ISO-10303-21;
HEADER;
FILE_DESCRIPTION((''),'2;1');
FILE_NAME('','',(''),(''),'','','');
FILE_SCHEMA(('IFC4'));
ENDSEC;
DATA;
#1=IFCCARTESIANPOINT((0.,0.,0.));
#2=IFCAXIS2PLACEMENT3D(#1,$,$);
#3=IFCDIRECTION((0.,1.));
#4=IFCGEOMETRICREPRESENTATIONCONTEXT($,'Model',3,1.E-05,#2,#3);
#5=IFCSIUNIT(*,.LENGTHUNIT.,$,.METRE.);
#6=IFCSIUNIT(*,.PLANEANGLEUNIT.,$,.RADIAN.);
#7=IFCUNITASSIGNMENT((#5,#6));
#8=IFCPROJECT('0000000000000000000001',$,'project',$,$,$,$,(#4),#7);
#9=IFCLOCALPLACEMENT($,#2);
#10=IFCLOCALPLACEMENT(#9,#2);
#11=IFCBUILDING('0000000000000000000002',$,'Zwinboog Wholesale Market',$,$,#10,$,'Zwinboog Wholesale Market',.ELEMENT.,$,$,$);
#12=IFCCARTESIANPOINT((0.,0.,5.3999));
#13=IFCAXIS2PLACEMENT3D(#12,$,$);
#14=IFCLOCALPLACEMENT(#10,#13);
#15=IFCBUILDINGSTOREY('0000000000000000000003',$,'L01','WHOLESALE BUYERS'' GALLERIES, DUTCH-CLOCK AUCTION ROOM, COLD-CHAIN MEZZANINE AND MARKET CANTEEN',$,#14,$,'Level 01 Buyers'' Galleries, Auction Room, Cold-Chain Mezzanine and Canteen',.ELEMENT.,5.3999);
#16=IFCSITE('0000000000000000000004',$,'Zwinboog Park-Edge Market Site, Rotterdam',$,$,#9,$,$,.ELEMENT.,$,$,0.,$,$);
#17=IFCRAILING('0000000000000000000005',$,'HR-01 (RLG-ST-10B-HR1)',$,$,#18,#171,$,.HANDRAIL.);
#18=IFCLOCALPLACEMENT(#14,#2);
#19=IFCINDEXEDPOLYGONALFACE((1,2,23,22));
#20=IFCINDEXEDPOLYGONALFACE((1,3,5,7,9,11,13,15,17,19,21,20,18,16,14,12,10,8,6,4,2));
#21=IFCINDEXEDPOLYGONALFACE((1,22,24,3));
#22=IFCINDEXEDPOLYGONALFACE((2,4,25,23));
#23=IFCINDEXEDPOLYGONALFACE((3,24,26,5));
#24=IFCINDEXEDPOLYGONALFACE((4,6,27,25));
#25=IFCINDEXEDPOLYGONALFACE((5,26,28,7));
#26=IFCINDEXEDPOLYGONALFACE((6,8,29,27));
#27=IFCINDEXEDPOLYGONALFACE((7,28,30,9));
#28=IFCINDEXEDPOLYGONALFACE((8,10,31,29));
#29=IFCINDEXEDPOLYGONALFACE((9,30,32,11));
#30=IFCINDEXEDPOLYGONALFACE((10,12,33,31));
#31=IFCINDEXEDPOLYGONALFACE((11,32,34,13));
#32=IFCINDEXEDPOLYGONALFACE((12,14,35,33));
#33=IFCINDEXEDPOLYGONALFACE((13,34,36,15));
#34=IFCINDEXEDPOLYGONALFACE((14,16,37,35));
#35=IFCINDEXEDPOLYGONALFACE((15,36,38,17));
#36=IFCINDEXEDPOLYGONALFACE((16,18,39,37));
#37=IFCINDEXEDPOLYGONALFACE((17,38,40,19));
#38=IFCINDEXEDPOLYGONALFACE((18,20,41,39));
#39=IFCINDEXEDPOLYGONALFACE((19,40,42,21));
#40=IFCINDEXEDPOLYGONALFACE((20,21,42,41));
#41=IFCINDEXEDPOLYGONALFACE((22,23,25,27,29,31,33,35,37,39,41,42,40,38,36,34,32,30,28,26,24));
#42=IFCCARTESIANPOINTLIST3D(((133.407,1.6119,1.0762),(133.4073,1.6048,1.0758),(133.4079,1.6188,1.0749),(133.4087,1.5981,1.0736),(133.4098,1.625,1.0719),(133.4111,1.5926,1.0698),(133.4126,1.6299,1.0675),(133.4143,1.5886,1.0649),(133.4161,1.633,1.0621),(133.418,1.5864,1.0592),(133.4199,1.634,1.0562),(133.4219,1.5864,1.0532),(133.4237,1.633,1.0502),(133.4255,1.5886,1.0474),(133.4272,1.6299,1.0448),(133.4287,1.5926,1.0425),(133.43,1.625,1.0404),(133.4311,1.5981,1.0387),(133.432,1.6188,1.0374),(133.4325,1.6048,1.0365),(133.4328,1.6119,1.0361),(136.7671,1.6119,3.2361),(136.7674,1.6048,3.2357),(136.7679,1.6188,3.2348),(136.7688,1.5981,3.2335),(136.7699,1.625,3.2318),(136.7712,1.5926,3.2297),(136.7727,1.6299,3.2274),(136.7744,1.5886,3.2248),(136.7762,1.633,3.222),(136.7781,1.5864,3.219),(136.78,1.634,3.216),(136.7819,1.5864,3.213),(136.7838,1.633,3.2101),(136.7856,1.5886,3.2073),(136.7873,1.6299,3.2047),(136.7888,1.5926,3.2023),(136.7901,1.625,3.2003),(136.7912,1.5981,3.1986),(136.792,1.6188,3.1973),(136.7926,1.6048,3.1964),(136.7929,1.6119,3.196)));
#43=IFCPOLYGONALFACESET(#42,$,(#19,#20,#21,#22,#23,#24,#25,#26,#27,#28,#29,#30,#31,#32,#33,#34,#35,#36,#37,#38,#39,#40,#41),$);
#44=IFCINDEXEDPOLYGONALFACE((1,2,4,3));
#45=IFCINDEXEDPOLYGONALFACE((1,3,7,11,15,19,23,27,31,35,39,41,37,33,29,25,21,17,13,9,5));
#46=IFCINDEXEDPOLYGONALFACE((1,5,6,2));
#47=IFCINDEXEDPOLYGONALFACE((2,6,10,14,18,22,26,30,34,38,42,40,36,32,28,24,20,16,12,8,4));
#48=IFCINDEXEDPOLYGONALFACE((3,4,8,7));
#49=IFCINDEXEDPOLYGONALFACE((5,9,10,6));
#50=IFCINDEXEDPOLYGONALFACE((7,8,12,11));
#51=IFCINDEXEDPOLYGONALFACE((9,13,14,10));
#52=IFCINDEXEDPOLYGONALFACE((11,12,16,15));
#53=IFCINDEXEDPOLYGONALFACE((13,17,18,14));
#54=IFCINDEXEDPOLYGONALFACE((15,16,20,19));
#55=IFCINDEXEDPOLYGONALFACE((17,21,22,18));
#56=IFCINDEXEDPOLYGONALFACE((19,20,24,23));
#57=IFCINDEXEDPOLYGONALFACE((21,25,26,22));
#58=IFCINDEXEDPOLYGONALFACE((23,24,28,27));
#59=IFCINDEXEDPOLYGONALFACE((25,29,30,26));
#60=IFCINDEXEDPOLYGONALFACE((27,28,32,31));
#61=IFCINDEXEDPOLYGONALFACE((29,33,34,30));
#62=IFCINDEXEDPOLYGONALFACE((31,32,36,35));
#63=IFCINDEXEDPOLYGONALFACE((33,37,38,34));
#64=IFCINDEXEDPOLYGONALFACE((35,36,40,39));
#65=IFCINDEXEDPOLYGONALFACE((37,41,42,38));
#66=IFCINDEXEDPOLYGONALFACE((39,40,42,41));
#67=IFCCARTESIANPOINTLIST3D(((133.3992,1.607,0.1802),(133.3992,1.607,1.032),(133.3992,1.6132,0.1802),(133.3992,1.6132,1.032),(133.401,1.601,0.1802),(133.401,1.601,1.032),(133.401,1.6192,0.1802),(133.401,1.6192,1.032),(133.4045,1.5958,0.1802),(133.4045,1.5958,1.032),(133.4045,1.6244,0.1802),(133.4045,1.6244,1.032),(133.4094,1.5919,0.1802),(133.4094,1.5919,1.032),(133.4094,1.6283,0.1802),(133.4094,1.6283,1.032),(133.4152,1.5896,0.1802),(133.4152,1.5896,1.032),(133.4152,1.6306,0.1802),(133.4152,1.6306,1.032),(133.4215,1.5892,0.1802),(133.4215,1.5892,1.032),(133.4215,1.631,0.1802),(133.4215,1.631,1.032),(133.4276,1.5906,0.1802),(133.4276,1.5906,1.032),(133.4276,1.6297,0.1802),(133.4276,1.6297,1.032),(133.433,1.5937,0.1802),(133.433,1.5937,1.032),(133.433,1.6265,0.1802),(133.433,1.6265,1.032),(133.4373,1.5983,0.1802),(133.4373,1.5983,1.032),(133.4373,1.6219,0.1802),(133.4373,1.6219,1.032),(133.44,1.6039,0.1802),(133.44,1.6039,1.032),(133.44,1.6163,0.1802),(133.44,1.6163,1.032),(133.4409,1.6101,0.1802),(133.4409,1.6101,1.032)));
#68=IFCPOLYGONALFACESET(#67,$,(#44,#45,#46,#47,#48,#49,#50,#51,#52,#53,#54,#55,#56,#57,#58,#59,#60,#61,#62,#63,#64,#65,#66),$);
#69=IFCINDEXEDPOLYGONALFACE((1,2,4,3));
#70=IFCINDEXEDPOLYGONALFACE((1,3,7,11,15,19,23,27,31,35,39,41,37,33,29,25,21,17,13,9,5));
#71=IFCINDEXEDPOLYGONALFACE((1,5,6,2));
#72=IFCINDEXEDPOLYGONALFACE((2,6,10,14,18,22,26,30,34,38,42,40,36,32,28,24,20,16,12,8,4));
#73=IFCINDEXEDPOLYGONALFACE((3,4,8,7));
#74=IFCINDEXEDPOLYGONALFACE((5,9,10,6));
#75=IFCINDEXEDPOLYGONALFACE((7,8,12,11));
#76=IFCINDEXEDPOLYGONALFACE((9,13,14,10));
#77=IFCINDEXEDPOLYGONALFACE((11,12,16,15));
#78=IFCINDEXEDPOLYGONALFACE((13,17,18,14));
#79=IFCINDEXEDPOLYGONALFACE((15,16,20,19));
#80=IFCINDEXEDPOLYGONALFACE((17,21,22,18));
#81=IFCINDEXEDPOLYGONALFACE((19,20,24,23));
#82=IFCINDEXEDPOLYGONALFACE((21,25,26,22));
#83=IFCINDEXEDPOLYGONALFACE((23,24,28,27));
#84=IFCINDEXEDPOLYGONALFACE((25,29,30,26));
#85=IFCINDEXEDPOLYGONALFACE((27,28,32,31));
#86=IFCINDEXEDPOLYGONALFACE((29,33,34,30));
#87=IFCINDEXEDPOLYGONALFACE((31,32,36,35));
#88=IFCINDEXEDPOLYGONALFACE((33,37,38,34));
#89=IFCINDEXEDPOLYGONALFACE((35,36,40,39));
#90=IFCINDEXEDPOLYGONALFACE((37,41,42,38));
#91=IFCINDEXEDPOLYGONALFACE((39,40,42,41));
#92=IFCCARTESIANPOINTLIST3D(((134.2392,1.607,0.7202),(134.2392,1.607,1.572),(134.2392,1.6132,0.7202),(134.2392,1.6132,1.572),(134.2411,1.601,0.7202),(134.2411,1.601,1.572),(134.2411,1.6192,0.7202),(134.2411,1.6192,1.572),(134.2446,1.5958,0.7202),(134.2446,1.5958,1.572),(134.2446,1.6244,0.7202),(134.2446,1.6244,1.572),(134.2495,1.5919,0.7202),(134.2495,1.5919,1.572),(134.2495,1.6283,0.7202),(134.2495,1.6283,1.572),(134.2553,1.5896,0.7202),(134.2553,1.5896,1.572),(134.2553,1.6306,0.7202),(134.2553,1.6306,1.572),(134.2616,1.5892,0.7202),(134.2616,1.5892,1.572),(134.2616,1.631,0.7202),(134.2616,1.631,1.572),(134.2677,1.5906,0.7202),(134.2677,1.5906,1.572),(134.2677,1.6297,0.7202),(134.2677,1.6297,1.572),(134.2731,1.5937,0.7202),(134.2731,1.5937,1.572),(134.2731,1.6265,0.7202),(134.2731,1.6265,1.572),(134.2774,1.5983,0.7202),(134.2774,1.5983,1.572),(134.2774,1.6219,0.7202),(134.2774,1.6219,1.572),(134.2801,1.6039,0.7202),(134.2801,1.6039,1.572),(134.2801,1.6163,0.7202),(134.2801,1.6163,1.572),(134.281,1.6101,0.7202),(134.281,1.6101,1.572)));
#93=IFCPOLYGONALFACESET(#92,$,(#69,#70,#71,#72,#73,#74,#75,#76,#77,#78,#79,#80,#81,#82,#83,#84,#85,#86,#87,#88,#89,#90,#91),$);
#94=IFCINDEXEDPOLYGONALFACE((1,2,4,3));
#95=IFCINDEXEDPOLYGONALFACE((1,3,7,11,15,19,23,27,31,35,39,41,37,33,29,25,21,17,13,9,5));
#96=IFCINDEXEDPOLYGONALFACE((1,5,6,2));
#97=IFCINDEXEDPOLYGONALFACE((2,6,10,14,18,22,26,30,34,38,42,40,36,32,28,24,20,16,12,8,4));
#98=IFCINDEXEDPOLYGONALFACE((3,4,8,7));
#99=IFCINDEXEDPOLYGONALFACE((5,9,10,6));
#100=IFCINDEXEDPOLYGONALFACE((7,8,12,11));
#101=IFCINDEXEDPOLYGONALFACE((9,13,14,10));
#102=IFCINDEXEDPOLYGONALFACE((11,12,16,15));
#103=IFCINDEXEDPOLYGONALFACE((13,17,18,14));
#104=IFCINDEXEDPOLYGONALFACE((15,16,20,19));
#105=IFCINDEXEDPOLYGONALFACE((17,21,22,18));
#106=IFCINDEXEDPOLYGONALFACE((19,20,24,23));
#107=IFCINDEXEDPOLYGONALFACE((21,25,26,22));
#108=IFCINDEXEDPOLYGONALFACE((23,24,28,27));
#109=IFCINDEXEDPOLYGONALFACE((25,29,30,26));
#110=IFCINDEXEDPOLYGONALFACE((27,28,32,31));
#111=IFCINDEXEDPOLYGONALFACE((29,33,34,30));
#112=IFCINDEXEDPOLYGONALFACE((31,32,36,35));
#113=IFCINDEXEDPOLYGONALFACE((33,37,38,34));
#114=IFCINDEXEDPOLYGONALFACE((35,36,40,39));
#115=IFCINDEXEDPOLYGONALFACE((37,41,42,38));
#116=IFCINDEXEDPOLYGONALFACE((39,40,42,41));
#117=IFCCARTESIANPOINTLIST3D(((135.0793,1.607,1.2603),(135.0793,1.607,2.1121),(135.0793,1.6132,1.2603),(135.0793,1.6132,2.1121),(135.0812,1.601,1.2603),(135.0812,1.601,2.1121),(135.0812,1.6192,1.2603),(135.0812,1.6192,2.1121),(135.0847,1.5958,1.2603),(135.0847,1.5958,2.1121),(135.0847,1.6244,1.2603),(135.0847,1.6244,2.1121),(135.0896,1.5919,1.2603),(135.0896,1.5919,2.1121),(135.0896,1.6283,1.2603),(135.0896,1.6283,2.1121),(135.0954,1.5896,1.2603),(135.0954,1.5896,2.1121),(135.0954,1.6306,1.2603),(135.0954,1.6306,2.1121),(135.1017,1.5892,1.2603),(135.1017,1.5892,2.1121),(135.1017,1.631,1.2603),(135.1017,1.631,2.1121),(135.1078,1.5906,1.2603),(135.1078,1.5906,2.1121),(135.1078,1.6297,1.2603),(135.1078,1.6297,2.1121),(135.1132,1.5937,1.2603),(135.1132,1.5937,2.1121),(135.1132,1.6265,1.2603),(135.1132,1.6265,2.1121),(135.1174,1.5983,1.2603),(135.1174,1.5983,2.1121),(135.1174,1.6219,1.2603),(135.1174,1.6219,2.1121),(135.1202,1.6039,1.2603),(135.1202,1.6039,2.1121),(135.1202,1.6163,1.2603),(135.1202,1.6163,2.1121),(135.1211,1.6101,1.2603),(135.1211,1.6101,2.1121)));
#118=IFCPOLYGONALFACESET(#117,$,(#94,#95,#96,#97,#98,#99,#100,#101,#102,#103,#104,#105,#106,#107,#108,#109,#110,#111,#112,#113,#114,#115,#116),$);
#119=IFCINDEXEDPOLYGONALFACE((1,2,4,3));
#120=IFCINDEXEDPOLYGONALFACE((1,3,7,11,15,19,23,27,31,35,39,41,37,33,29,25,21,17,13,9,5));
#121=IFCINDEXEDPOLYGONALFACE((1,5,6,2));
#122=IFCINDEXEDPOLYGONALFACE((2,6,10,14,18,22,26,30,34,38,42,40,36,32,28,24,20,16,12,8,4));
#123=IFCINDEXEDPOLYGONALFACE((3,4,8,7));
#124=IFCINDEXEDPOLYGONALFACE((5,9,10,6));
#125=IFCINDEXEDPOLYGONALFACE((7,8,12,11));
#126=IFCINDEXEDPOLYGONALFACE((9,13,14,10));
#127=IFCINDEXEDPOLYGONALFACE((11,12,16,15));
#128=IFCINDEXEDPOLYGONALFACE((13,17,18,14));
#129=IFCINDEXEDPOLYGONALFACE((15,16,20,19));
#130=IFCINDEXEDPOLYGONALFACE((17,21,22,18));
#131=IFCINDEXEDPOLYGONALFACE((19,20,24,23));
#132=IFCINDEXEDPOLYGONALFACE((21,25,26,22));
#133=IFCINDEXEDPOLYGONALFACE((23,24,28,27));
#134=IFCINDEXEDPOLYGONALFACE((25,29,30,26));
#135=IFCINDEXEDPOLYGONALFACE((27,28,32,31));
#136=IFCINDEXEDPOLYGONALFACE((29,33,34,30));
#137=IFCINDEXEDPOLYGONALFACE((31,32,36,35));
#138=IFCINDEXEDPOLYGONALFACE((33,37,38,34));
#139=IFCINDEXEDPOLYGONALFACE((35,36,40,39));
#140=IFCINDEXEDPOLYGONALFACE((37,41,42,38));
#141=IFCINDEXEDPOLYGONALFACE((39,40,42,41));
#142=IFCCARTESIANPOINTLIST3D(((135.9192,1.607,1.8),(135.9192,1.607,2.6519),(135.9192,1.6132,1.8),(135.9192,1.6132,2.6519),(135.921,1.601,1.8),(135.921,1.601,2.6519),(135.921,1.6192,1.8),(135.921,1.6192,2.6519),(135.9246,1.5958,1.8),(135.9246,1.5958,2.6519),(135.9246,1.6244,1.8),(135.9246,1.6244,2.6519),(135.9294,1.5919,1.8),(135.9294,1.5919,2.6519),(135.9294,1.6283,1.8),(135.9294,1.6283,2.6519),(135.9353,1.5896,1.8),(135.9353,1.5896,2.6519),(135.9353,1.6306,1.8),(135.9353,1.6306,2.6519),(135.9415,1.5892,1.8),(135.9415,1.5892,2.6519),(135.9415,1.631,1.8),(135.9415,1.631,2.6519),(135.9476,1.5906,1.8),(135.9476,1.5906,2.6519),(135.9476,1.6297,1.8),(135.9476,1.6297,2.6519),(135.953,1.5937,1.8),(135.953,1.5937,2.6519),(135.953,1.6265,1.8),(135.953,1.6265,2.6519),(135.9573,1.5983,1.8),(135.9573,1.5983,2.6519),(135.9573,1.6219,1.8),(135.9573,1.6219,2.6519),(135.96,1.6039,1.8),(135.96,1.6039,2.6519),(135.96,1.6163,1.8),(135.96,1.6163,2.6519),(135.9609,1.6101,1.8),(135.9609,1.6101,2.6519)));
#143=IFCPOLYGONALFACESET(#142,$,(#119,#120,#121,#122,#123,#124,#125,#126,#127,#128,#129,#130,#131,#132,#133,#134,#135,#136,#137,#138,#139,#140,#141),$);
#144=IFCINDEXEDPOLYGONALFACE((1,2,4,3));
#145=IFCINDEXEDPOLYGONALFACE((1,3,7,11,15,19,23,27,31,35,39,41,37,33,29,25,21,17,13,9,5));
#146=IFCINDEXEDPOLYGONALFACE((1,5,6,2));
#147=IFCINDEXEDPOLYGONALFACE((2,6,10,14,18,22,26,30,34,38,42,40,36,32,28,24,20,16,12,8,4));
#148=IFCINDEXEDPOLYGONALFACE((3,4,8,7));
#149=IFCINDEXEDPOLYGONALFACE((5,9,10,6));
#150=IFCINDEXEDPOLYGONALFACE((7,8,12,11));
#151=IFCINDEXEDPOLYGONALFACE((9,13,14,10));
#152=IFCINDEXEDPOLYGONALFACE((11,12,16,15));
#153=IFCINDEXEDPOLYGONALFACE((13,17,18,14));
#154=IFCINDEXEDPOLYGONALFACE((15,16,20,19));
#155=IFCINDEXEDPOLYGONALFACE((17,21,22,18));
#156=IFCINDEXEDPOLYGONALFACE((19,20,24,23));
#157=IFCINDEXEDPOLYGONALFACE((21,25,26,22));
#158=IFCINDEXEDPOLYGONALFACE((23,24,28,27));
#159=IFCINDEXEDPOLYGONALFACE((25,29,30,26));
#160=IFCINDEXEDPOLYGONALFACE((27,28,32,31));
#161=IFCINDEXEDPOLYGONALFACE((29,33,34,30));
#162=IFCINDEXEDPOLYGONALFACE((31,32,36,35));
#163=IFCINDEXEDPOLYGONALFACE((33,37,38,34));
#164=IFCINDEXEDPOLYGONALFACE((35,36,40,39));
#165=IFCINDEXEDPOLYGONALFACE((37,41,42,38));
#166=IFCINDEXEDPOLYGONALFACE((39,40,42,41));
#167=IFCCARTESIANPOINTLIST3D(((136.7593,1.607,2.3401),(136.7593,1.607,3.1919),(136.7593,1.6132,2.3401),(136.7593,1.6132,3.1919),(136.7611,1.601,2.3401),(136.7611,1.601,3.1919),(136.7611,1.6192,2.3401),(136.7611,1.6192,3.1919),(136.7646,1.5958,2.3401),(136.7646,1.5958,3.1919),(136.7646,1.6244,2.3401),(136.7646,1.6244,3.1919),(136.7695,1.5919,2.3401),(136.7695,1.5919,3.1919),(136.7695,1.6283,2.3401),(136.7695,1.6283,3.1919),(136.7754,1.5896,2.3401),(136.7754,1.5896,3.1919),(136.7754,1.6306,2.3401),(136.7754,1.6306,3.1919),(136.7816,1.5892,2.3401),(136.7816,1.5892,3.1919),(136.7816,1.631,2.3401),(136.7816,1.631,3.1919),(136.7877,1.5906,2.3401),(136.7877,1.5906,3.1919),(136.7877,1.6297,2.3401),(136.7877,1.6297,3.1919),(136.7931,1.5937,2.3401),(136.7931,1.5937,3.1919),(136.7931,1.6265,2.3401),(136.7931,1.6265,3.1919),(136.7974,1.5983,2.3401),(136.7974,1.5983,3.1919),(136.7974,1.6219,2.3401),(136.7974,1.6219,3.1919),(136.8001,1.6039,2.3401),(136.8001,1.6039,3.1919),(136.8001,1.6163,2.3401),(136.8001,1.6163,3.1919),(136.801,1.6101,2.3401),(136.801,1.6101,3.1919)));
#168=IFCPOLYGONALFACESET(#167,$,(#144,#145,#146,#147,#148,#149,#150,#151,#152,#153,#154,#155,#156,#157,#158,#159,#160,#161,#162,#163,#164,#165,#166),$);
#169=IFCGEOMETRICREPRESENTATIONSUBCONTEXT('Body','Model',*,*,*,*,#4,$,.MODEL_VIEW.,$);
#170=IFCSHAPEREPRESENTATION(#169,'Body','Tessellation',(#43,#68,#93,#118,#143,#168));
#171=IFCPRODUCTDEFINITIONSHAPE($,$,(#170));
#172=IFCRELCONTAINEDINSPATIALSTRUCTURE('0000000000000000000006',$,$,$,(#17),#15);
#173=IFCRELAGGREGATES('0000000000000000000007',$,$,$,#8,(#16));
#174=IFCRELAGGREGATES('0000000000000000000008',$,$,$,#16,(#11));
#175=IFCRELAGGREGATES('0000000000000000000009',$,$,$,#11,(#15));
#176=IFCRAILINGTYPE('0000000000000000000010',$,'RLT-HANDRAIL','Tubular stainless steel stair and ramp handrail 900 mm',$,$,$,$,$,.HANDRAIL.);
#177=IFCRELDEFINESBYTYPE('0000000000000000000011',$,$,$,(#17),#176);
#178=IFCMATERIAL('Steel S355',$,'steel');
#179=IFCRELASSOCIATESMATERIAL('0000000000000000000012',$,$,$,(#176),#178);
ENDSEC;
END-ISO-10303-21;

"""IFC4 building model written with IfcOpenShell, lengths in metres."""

from ifc_helpers import new_model, si_unit, direction, frame, origin, origin_2d, place, context, subcontext, project, spatial, circle, extrude, material, type_object, element, save


model = new_model("IFC4")

# Units and contexts
model_context = context("Model", 3, precision=1e-05, world=origin(), true_north=direction((0.0, 1.0)))
body_context = subcontext(model_context, "Body", "Model", "MODEL_VIEW")
ifc_project = project(units=[si_unit("LENGTHUNIT", "METRE"), si_unit("PLANEANGLEUNIT", "RADIAN")], contexts=[model_context])

# Site, building, storey
site_placement = place(None, origin())
site = spatial("IfcSite", under=ifc_project, at=site_placement, Name="Zwinboog Park-Edge Market Site, Rotterdam", CompositionType="ELEMENT", RefElevation=0.0)
building_placement = place(site_placement, origin())
building = spatial("IfcBuilding", under=site, at=building_placement, Name="Zwinboog Wholesale Market", LongName="Zwinboog Wholesale Market", CompositionType="ELEMENT")
storey_placement = place(building_placement, frame((0.0, 0.0, 5.3999)))
storey = spatial("IfcBuildingStorey", under=building, at=storey_placement, Name="L01", Description="WHOLESALE BUYERS' GALLERIES, DUTCH-CLOCK AUCTION ROOM, COLD-CHAIN MEZZANINE AND MARKET CANTEEN", LongName="Level 01 Buyers' Galleries, Auction Room, Cold-Chain Mezzanine and Canteen", CompositionType="ELEMENT", Elevation=5.3999)

# Railing
ifc_material_1 = material(Name="Steel S355", Category="steel")
railing_type_1 = type_object("IfcRailingType", Name="RLT-HANDRAIL", Description="Tubular stainless steel stair and ramp handrail 900 mm", PredefinedType="HANDRAIL", material=ifc_material_1)
for number, where, name in (
    (1, (133.4199, 1.6101, 0.1802), "HR-01 (RLG-ST-10B-HR1)"),
):
    element("IfcRailing", number, at=place(storey_placement, frame(where)), inside=storey, type_object=railing_type_1, Name=name, PredefinedType="HANDRAIL", context=body_context, shape_type="SweptSolid", body=[
        extrude(circle(Radius=0.0239, at=origin_2d()), frame((0.0, 0.0, 0.876), z_axis=(0.841196, 0.0, 0.54073), x_axis=(0.0, 1.0, 0.0)), (0.0, 0.0, 1.0), 3.9944),
        extrude(circle(Radius=0.021, at=origin_2d()), origin(), (0.0, 0.0, 1.0), 0.8518),
        extrude(circle(Radius=0.021, at=origin_2d()), frame((0.8401, 0.0, 0.54)), (0.0, 0.0, 1.0), 0.8518),
        extrude(circle(Radius=0.021, at=origin_2d()), frame((1.6802, 0.0, 1.0801)), (0.0, 0.0, 1.0), 0.8518),
        extrude(circle(Radius=0.021, at=origin_2d()), frame((2.52, 0.0, 1.6199)), (0.0, 0.0, 1.0), 0.8518),
        extrude(circle(Radius=0.021, at=origin_2d()), frame((3.3601, 0.0, 2.1599)), (0.0, 0.0, 1.0), 0.8518),
    ])

save(model, "model.ifc")
